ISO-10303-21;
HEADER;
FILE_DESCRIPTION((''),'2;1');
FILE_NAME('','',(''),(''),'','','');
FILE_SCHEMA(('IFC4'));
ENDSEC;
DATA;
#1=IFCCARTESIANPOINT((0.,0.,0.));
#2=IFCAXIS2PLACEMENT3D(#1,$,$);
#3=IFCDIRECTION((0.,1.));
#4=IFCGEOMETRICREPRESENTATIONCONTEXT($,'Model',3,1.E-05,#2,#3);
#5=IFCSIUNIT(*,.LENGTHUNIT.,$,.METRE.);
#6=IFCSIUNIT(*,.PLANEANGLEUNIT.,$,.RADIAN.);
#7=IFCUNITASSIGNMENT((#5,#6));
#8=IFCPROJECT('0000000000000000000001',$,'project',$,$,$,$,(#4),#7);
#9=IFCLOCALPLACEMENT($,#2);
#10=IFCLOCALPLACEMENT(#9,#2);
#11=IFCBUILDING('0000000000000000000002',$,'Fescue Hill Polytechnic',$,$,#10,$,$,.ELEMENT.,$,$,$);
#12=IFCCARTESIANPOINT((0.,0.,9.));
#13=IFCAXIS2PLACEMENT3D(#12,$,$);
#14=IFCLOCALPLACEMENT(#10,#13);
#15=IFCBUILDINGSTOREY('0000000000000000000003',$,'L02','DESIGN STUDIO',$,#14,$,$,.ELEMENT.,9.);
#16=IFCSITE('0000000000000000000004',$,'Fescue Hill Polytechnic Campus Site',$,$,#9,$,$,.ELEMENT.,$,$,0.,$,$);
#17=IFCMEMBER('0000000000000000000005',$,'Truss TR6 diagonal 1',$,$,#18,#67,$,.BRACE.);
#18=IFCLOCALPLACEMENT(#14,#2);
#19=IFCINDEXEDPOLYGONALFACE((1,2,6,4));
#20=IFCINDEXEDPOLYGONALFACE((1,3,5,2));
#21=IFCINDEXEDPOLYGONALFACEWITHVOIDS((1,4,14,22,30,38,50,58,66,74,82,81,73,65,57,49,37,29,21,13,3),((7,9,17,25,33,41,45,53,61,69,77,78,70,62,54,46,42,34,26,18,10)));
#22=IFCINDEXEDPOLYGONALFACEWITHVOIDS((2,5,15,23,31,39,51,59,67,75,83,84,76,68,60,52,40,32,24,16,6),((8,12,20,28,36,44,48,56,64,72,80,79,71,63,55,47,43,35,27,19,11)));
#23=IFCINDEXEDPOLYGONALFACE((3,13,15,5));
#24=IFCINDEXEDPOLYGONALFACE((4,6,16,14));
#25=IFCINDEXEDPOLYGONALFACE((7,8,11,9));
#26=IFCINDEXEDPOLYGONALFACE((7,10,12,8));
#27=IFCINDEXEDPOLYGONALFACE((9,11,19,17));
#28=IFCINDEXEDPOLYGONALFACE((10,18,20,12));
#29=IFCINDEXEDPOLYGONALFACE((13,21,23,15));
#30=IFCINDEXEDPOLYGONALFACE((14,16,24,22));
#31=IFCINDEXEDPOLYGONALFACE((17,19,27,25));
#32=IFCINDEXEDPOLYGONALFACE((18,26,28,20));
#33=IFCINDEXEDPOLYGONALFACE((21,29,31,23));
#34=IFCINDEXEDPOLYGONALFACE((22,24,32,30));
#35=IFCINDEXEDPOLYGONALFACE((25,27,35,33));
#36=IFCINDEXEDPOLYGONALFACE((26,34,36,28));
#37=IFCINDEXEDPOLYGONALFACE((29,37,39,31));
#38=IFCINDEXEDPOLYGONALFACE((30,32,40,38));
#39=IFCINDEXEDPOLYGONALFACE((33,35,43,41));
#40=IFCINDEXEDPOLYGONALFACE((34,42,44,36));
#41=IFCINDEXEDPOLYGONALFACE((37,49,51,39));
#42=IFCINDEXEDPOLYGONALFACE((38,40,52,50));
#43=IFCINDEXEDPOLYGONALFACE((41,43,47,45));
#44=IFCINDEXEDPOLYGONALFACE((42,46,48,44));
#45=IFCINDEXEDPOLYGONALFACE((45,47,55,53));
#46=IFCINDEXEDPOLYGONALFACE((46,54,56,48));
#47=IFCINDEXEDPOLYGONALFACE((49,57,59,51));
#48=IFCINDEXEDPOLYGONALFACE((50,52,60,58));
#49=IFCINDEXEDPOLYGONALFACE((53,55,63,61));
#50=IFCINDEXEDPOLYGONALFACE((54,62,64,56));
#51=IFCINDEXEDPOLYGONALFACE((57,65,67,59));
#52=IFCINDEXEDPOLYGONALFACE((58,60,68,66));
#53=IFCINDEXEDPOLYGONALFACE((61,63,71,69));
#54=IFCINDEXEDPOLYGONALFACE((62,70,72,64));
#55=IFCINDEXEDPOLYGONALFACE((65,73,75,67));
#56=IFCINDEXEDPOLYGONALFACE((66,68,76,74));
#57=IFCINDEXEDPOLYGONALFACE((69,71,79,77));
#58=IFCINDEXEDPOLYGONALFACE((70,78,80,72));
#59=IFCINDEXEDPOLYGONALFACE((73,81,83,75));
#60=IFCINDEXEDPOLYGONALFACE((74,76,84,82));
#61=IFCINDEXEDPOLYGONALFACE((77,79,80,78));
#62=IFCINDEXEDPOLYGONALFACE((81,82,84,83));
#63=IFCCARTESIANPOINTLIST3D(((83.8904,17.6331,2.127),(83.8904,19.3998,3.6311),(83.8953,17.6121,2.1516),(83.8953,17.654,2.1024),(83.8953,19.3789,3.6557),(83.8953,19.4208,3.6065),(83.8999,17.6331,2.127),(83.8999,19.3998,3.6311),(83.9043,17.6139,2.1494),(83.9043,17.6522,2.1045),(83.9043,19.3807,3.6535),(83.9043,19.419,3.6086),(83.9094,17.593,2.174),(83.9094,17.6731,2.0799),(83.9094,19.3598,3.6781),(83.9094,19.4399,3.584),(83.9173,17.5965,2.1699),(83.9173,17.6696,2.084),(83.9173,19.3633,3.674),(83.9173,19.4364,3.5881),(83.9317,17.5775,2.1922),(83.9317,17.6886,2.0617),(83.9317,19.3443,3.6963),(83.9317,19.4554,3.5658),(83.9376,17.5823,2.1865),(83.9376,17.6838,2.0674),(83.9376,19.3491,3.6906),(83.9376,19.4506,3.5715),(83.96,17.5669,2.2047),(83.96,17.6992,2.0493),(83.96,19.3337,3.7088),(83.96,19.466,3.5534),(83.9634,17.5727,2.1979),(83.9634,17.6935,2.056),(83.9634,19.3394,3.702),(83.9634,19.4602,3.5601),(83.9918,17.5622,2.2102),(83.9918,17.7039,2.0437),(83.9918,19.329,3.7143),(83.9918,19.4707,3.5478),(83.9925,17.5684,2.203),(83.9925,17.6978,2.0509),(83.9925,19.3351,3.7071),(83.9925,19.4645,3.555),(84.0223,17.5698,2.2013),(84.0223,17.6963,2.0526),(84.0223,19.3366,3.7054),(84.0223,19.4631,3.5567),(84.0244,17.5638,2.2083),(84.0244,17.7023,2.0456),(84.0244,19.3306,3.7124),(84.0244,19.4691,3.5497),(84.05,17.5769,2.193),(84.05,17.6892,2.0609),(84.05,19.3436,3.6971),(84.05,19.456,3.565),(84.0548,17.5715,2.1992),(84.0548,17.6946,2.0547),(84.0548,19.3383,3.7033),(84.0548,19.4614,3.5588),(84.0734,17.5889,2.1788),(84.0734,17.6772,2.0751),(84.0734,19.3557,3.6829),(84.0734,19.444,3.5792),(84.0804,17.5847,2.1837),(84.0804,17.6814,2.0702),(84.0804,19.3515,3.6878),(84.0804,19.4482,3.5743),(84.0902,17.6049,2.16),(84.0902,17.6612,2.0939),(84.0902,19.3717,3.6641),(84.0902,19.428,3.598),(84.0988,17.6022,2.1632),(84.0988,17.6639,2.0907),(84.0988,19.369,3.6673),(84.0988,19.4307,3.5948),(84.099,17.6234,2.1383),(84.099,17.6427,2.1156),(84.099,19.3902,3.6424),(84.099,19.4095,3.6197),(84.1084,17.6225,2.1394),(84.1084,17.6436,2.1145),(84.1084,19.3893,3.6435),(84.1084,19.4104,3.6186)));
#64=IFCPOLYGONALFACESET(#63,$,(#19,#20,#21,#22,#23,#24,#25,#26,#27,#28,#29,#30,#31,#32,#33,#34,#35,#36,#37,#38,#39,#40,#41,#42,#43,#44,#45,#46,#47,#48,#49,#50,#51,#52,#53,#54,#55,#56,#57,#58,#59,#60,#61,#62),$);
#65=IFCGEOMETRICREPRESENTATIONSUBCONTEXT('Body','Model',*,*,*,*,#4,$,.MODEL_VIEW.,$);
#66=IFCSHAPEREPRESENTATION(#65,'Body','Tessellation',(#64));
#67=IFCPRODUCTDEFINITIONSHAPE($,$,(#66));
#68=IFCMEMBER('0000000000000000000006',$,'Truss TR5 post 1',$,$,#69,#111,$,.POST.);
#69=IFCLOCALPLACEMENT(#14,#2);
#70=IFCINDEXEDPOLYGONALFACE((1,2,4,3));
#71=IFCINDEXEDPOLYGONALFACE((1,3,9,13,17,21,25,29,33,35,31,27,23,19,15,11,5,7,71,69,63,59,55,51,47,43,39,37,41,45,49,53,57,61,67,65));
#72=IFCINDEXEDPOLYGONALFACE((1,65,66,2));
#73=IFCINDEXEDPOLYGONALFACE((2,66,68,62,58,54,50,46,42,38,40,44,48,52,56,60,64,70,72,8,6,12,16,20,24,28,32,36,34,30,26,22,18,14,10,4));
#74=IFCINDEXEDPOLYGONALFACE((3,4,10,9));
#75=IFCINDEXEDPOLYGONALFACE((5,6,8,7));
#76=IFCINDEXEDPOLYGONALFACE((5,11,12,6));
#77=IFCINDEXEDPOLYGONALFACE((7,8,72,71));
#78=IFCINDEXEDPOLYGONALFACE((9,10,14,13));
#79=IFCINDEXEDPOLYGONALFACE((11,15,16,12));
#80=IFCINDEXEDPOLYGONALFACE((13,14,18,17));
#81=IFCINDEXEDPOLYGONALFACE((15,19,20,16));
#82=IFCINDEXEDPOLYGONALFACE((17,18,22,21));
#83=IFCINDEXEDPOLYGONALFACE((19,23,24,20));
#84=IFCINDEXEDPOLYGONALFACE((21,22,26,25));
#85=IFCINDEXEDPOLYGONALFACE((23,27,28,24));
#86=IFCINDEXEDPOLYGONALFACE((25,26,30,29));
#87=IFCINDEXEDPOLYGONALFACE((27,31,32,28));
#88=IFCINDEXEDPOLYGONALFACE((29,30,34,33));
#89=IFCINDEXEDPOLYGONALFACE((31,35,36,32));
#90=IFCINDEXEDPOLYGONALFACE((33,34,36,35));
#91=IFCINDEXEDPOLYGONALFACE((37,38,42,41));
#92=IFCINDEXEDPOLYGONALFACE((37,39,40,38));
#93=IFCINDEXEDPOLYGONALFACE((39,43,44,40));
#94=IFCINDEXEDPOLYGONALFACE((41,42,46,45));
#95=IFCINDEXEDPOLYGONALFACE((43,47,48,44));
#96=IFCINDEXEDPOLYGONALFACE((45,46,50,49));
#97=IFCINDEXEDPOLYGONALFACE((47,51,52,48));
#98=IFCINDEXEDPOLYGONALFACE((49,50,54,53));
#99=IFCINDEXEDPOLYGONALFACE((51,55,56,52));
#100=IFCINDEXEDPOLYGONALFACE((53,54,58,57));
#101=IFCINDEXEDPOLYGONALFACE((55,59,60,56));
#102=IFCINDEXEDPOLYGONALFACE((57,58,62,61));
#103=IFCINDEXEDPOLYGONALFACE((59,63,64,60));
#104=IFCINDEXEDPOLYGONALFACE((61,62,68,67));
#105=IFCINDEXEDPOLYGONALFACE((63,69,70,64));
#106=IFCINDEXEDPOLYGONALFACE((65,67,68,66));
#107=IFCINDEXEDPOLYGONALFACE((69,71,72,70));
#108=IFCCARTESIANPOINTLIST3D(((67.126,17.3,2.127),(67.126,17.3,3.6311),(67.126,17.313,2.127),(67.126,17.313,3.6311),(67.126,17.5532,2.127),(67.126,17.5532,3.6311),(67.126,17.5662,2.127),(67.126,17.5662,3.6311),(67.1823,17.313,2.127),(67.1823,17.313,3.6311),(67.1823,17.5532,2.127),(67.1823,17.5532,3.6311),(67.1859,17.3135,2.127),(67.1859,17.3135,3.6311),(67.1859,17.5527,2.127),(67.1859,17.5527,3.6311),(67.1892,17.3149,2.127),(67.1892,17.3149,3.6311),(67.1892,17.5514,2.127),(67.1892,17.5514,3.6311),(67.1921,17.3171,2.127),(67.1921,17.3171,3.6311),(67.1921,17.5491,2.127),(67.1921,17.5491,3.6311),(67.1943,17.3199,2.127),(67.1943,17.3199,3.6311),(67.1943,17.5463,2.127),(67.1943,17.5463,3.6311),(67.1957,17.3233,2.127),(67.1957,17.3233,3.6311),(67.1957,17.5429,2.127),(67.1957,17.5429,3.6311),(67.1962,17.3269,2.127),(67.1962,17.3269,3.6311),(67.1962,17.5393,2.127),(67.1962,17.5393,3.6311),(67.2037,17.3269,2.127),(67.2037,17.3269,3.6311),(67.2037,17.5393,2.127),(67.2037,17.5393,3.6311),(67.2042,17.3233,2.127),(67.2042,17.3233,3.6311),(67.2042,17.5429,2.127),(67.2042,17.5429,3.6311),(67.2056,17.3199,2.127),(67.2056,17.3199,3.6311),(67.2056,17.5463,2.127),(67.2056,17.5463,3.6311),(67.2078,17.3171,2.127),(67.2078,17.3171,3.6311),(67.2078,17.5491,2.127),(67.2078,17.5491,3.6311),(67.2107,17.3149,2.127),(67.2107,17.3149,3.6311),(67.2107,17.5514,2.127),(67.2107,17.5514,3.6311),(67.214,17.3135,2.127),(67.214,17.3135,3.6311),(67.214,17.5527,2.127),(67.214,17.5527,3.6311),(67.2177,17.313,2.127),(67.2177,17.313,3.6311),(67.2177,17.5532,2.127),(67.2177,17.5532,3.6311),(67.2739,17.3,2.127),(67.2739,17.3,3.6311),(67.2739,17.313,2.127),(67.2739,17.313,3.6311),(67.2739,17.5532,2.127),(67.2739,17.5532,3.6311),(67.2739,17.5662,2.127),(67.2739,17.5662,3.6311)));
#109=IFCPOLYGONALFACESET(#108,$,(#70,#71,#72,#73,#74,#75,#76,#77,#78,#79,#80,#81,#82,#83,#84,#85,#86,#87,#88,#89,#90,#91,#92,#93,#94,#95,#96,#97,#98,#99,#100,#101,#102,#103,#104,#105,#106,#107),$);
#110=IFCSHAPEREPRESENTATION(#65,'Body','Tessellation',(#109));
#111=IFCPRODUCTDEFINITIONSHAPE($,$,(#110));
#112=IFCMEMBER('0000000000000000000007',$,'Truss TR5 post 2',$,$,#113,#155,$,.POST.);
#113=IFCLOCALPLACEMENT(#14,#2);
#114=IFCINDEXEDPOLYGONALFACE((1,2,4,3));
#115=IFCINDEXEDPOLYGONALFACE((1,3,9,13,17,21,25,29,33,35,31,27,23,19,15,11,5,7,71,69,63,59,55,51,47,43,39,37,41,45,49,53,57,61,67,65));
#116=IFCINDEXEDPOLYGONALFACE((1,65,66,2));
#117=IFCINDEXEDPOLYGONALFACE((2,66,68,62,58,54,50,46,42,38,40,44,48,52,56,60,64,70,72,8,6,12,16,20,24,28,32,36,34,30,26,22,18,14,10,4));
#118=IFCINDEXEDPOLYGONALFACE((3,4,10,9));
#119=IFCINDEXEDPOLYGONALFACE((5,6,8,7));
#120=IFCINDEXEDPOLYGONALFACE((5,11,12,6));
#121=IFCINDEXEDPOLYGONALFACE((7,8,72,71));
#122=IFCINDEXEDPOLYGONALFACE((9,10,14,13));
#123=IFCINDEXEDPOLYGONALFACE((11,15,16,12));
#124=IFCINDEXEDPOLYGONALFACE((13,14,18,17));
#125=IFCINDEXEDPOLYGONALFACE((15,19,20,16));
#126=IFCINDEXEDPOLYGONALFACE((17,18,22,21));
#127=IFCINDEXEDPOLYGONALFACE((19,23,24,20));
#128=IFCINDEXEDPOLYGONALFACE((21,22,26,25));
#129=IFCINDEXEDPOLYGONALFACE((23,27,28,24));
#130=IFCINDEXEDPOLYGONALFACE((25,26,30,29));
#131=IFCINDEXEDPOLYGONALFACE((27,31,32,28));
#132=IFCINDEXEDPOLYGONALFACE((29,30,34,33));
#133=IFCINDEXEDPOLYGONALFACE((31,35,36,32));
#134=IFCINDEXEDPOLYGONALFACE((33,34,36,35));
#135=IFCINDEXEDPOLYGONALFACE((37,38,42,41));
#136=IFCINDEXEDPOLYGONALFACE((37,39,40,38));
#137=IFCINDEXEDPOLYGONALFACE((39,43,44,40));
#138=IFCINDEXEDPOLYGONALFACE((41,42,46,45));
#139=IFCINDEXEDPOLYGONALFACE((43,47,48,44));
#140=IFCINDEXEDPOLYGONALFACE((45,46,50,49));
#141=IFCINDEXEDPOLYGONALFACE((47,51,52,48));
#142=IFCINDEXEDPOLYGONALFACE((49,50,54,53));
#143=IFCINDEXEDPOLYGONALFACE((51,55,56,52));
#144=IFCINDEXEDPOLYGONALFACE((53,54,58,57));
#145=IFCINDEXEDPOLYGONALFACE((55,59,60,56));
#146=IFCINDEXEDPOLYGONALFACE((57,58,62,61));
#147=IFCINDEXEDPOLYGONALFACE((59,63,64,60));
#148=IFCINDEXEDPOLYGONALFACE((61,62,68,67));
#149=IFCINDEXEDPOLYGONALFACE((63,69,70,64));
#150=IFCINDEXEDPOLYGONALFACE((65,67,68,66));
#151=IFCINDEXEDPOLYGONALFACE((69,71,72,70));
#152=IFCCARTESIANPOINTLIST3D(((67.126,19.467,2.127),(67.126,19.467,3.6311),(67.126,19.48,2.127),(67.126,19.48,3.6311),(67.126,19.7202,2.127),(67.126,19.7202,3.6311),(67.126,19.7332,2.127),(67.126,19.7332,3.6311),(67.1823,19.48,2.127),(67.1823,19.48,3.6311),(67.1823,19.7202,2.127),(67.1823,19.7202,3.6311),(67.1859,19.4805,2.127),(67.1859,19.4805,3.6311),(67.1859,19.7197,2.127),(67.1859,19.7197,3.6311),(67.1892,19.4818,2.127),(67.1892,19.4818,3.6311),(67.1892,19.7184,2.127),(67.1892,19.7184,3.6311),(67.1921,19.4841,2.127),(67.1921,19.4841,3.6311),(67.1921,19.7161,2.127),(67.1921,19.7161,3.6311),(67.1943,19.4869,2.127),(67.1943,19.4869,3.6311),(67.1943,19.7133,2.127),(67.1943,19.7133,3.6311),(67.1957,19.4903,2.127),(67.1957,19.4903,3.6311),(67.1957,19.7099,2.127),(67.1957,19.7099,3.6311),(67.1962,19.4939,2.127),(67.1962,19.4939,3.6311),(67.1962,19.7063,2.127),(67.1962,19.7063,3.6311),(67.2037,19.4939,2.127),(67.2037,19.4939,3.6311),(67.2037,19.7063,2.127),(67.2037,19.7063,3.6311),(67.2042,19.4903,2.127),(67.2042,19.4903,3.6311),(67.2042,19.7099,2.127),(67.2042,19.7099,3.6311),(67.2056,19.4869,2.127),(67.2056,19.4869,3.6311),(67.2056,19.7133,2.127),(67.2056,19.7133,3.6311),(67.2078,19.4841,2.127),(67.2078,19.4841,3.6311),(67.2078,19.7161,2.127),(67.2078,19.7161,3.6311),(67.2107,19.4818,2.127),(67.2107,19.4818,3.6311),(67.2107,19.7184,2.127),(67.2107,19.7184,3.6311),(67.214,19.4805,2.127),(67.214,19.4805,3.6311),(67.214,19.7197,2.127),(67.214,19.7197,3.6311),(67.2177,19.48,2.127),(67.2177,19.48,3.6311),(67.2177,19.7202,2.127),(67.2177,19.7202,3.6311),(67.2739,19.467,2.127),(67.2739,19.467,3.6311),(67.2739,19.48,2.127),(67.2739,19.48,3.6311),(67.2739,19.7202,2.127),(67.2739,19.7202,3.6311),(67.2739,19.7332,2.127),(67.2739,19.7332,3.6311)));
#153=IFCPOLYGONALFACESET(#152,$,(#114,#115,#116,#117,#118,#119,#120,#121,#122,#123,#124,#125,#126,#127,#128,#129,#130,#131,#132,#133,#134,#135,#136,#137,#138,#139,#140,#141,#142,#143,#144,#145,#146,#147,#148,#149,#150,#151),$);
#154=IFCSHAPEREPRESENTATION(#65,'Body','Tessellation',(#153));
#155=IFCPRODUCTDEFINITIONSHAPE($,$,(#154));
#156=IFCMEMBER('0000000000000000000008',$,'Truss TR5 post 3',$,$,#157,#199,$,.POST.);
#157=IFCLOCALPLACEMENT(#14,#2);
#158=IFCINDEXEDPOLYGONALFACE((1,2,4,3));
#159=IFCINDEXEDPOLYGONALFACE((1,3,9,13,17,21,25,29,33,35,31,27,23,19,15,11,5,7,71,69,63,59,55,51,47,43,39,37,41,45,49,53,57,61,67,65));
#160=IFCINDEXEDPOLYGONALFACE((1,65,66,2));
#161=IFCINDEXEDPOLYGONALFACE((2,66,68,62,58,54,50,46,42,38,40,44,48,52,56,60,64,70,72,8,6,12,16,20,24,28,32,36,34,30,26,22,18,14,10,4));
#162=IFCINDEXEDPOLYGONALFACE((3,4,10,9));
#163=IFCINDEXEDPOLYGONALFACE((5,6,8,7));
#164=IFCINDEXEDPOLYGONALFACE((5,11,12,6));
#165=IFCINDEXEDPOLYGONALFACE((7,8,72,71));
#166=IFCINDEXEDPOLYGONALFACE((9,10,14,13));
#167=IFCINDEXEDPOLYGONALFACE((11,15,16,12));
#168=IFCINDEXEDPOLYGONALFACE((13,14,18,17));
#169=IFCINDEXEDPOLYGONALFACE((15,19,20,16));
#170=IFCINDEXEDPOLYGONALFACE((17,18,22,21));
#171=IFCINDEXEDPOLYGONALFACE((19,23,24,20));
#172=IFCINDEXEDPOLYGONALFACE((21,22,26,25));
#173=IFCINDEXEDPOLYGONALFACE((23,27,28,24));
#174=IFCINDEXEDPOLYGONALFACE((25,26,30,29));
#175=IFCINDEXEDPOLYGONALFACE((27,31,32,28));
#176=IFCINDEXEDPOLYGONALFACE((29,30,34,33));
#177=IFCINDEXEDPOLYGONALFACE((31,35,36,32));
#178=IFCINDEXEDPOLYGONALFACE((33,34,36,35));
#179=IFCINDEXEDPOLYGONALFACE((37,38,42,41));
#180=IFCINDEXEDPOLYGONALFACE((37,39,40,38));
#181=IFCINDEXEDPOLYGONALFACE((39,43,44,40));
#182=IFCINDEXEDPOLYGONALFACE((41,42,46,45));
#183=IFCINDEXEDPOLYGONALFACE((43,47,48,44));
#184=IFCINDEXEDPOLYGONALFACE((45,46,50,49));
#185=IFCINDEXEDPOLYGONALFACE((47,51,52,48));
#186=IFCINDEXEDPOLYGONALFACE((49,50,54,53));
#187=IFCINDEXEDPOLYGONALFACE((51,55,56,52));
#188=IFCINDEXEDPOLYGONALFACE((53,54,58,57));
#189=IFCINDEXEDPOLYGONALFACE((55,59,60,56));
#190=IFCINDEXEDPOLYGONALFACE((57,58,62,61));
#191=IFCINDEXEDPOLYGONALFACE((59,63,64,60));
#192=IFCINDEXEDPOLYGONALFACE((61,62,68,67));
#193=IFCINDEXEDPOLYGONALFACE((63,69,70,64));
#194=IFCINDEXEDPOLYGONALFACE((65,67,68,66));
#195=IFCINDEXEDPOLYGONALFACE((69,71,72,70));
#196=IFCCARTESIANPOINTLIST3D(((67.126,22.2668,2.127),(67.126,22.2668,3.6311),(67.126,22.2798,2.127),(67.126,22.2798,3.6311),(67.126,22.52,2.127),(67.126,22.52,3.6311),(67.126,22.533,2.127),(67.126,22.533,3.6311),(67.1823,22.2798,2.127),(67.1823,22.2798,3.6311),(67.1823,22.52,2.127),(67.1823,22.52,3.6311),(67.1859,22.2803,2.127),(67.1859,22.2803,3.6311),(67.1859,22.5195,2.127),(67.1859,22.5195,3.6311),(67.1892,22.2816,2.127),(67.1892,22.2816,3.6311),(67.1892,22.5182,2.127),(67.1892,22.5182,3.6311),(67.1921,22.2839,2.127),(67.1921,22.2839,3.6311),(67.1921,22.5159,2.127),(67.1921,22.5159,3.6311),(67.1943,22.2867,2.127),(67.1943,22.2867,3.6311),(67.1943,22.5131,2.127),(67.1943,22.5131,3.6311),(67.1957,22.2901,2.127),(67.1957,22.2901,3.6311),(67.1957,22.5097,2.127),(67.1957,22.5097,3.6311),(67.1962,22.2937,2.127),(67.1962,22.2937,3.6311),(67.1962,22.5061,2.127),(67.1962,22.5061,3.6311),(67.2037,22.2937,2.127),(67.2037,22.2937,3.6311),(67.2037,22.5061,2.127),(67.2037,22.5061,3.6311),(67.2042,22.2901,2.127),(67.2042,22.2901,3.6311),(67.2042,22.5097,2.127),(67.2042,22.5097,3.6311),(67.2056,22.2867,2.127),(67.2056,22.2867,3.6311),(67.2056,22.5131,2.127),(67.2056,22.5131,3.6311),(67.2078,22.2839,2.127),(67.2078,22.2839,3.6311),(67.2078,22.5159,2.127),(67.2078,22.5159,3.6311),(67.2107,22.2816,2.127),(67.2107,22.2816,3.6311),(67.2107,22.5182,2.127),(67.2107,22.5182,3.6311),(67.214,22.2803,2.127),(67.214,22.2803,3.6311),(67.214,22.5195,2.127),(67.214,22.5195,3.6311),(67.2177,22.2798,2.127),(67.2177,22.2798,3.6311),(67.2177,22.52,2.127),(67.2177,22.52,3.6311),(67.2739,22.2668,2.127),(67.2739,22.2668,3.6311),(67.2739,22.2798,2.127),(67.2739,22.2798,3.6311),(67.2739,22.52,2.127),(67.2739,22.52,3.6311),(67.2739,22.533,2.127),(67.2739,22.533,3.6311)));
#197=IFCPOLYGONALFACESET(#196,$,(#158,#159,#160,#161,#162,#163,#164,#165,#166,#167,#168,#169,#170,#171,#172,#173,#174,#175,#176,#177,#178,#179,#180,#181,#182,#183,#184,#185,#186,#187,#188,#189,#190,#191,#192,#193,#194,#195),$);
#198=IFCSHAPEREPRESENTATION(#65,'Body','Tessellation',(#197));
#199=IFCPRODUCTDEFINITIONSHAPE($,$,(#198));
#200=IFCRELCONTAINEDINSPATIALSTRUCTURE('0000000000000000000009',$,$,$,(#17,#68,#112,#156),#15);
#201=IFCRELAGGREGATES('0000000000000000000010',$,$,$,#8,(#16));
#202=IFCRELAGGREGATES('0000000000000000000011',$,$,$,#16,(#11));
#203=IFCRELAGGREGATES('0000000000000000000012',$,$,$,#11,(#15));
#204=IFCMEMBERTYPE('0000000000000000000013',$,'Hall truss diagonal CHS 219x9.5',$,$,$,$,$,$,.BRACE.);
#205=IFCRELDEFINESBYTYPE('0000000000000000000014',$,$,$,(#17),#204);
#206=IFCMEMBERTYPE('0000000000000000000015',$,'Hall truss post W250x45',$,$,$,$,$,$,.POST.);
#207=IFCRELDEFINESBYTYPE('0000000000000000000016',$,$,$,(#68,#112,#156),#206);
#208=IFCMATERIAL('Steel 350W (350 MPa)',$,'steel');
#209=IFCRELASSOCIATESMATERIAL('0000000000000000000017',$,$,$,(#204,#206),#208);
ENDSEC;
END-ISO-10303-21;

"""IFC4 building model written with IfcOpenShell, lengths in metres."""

from ifc_helpers import new_model, si_unit, direction, frame, origin, origin_2d, place, context, subcontext, project, spatial, hollow_circle, i_section, extrude, material, material_profile, profile_set, type_object, element, save


model = new_model("IFC4")

# Units and contexts
model_context = context("Model", 3, precision=1e-05, world=origin(), true_north=direction((0.0, 1.0)))
body_context = subcontext(model_context, "Body", "Model", "MODEL_VIEW")
ifc_project = project(units=[si_unit("LENGTHUNIT", "METRE"), si_unit("PLANEANGLEUNIT", "RADIAN")], contexts=[model_context])

# Site, building, storey
site_placement = place(None, origin())
site = spatial("IfcSite", under=ifc_project, at=site_placement, Name="Fescue Hill Polytechnic Campus Site", CompositionType="ELEMENT", RefElevation=0.0)
building_placement = place(site_placement, origin())
building = spatial("IfcBuilding", under=site, at=building_placement, Name="Fescue Hill Polytechnic", CompositionType="ELEMENT")
storey_placement = place(building_placement, frame((0.0, 0.0, 9.0)))
storey = spatial("IfcBuildingStorey", under=building, at=storey_placement, Name="L02", Description="DESIGN STUDIO", CompositionType="ELEMENT", Elevation=9.0)

# Members
ifc_material_1 = material(Name="Steel 350W (350 MPa)", Category="steel")
ifc_material_profile_1 = material_profile(ifc_material_1, hollow_circle(Radius=0.1096, WallThickness=0.0095, at=origin_2d()), Name="Hall truss diagonal CHS 219x9.5")
ifc_profile_set_1 = profile_set([ifc_material_profile_1], Name="Steel 350W (350 MPa)")
member_type_1 = type_object("IfcMemberType", Name="Hall truss diagonal CHS 219x9.5", PredefinedType="BRACE", material=ifc_profile_set_1)
member_1_placement = place(storey_placement, frame((84.0, 17.6331, 2.127), z_axis=(0.0, 0.761443, 0.648232), x_axis=(-1.0, 0.0, 0.0)))
element("IfcMember", 1, at=member_1_placement, inside=storey, type_object=member_type_1, Name="Truss TR6 diagonal 1", PredefinedType="BRACE", context=body_context, shape_type="SweptSolid", body=[
    extrude(hollow_circle(Radius=0.1096, WallThickness=0.0095, at=origin_2d()), origin(), (0.0, 0.0, 1.0), 2.3203),
])
ifc_material_profile_2 = material_profile(ifc_material_1, i_section(OverallWidth=0.1479, OverallDepth=0.2661, WebThickness=0.0076, FlangeThickness=0.0129, FilletRadius=0.0139, at=origin_2d()), Name="W250x45")
ifc_profile_set_2 = profile_set([ifc_material_profile_2], Name="Steel 350W (350 MPa)")
member_type_2 = type_object("IfcMemberType", Name="Hall truss post W250x45", PredefinedType="POST", material=ifc_profile_set_2)
for number, where, z_axis, x_axis, name in (
    (2, (67.2, 17.4331, 2.127), (0.0, 0.0, 1.0), (1.0, 0.0, 0.0), "Truss TR5 post 1"),
    (3, (67.2, 19.6001, 2.127), (0.0, 0.0, 1.0), (1.0, 0.0, 0.0), "Truss TR5 post 2"),
    (4, (67.2, 22.3999, 2.127), (0.0, 0.0, 1.0), (1.0, 0.0, 0.0), "Truss TR5 post 3"),
):
    element("IfcMember", number, at=place(storey_placement, frame(where, z_axis=z_axis, x_axis=x_axis)), inside=storey, type_object=member_type_2, Name=name, PredefinedType="POST", context=body_context, shape_type="SweptSolid", body=[
        extrude(i_section(OverallWidth=0.1479, OverallDepth=0.2661, WebThickness=0.0076, FlangeThickness=0.0129, FilletRadius=0.0139, at=origin_2d()), origin(), (0.0, 0.0, 1.0), 1.5042),
    ])

save(model, "model.ifc")
